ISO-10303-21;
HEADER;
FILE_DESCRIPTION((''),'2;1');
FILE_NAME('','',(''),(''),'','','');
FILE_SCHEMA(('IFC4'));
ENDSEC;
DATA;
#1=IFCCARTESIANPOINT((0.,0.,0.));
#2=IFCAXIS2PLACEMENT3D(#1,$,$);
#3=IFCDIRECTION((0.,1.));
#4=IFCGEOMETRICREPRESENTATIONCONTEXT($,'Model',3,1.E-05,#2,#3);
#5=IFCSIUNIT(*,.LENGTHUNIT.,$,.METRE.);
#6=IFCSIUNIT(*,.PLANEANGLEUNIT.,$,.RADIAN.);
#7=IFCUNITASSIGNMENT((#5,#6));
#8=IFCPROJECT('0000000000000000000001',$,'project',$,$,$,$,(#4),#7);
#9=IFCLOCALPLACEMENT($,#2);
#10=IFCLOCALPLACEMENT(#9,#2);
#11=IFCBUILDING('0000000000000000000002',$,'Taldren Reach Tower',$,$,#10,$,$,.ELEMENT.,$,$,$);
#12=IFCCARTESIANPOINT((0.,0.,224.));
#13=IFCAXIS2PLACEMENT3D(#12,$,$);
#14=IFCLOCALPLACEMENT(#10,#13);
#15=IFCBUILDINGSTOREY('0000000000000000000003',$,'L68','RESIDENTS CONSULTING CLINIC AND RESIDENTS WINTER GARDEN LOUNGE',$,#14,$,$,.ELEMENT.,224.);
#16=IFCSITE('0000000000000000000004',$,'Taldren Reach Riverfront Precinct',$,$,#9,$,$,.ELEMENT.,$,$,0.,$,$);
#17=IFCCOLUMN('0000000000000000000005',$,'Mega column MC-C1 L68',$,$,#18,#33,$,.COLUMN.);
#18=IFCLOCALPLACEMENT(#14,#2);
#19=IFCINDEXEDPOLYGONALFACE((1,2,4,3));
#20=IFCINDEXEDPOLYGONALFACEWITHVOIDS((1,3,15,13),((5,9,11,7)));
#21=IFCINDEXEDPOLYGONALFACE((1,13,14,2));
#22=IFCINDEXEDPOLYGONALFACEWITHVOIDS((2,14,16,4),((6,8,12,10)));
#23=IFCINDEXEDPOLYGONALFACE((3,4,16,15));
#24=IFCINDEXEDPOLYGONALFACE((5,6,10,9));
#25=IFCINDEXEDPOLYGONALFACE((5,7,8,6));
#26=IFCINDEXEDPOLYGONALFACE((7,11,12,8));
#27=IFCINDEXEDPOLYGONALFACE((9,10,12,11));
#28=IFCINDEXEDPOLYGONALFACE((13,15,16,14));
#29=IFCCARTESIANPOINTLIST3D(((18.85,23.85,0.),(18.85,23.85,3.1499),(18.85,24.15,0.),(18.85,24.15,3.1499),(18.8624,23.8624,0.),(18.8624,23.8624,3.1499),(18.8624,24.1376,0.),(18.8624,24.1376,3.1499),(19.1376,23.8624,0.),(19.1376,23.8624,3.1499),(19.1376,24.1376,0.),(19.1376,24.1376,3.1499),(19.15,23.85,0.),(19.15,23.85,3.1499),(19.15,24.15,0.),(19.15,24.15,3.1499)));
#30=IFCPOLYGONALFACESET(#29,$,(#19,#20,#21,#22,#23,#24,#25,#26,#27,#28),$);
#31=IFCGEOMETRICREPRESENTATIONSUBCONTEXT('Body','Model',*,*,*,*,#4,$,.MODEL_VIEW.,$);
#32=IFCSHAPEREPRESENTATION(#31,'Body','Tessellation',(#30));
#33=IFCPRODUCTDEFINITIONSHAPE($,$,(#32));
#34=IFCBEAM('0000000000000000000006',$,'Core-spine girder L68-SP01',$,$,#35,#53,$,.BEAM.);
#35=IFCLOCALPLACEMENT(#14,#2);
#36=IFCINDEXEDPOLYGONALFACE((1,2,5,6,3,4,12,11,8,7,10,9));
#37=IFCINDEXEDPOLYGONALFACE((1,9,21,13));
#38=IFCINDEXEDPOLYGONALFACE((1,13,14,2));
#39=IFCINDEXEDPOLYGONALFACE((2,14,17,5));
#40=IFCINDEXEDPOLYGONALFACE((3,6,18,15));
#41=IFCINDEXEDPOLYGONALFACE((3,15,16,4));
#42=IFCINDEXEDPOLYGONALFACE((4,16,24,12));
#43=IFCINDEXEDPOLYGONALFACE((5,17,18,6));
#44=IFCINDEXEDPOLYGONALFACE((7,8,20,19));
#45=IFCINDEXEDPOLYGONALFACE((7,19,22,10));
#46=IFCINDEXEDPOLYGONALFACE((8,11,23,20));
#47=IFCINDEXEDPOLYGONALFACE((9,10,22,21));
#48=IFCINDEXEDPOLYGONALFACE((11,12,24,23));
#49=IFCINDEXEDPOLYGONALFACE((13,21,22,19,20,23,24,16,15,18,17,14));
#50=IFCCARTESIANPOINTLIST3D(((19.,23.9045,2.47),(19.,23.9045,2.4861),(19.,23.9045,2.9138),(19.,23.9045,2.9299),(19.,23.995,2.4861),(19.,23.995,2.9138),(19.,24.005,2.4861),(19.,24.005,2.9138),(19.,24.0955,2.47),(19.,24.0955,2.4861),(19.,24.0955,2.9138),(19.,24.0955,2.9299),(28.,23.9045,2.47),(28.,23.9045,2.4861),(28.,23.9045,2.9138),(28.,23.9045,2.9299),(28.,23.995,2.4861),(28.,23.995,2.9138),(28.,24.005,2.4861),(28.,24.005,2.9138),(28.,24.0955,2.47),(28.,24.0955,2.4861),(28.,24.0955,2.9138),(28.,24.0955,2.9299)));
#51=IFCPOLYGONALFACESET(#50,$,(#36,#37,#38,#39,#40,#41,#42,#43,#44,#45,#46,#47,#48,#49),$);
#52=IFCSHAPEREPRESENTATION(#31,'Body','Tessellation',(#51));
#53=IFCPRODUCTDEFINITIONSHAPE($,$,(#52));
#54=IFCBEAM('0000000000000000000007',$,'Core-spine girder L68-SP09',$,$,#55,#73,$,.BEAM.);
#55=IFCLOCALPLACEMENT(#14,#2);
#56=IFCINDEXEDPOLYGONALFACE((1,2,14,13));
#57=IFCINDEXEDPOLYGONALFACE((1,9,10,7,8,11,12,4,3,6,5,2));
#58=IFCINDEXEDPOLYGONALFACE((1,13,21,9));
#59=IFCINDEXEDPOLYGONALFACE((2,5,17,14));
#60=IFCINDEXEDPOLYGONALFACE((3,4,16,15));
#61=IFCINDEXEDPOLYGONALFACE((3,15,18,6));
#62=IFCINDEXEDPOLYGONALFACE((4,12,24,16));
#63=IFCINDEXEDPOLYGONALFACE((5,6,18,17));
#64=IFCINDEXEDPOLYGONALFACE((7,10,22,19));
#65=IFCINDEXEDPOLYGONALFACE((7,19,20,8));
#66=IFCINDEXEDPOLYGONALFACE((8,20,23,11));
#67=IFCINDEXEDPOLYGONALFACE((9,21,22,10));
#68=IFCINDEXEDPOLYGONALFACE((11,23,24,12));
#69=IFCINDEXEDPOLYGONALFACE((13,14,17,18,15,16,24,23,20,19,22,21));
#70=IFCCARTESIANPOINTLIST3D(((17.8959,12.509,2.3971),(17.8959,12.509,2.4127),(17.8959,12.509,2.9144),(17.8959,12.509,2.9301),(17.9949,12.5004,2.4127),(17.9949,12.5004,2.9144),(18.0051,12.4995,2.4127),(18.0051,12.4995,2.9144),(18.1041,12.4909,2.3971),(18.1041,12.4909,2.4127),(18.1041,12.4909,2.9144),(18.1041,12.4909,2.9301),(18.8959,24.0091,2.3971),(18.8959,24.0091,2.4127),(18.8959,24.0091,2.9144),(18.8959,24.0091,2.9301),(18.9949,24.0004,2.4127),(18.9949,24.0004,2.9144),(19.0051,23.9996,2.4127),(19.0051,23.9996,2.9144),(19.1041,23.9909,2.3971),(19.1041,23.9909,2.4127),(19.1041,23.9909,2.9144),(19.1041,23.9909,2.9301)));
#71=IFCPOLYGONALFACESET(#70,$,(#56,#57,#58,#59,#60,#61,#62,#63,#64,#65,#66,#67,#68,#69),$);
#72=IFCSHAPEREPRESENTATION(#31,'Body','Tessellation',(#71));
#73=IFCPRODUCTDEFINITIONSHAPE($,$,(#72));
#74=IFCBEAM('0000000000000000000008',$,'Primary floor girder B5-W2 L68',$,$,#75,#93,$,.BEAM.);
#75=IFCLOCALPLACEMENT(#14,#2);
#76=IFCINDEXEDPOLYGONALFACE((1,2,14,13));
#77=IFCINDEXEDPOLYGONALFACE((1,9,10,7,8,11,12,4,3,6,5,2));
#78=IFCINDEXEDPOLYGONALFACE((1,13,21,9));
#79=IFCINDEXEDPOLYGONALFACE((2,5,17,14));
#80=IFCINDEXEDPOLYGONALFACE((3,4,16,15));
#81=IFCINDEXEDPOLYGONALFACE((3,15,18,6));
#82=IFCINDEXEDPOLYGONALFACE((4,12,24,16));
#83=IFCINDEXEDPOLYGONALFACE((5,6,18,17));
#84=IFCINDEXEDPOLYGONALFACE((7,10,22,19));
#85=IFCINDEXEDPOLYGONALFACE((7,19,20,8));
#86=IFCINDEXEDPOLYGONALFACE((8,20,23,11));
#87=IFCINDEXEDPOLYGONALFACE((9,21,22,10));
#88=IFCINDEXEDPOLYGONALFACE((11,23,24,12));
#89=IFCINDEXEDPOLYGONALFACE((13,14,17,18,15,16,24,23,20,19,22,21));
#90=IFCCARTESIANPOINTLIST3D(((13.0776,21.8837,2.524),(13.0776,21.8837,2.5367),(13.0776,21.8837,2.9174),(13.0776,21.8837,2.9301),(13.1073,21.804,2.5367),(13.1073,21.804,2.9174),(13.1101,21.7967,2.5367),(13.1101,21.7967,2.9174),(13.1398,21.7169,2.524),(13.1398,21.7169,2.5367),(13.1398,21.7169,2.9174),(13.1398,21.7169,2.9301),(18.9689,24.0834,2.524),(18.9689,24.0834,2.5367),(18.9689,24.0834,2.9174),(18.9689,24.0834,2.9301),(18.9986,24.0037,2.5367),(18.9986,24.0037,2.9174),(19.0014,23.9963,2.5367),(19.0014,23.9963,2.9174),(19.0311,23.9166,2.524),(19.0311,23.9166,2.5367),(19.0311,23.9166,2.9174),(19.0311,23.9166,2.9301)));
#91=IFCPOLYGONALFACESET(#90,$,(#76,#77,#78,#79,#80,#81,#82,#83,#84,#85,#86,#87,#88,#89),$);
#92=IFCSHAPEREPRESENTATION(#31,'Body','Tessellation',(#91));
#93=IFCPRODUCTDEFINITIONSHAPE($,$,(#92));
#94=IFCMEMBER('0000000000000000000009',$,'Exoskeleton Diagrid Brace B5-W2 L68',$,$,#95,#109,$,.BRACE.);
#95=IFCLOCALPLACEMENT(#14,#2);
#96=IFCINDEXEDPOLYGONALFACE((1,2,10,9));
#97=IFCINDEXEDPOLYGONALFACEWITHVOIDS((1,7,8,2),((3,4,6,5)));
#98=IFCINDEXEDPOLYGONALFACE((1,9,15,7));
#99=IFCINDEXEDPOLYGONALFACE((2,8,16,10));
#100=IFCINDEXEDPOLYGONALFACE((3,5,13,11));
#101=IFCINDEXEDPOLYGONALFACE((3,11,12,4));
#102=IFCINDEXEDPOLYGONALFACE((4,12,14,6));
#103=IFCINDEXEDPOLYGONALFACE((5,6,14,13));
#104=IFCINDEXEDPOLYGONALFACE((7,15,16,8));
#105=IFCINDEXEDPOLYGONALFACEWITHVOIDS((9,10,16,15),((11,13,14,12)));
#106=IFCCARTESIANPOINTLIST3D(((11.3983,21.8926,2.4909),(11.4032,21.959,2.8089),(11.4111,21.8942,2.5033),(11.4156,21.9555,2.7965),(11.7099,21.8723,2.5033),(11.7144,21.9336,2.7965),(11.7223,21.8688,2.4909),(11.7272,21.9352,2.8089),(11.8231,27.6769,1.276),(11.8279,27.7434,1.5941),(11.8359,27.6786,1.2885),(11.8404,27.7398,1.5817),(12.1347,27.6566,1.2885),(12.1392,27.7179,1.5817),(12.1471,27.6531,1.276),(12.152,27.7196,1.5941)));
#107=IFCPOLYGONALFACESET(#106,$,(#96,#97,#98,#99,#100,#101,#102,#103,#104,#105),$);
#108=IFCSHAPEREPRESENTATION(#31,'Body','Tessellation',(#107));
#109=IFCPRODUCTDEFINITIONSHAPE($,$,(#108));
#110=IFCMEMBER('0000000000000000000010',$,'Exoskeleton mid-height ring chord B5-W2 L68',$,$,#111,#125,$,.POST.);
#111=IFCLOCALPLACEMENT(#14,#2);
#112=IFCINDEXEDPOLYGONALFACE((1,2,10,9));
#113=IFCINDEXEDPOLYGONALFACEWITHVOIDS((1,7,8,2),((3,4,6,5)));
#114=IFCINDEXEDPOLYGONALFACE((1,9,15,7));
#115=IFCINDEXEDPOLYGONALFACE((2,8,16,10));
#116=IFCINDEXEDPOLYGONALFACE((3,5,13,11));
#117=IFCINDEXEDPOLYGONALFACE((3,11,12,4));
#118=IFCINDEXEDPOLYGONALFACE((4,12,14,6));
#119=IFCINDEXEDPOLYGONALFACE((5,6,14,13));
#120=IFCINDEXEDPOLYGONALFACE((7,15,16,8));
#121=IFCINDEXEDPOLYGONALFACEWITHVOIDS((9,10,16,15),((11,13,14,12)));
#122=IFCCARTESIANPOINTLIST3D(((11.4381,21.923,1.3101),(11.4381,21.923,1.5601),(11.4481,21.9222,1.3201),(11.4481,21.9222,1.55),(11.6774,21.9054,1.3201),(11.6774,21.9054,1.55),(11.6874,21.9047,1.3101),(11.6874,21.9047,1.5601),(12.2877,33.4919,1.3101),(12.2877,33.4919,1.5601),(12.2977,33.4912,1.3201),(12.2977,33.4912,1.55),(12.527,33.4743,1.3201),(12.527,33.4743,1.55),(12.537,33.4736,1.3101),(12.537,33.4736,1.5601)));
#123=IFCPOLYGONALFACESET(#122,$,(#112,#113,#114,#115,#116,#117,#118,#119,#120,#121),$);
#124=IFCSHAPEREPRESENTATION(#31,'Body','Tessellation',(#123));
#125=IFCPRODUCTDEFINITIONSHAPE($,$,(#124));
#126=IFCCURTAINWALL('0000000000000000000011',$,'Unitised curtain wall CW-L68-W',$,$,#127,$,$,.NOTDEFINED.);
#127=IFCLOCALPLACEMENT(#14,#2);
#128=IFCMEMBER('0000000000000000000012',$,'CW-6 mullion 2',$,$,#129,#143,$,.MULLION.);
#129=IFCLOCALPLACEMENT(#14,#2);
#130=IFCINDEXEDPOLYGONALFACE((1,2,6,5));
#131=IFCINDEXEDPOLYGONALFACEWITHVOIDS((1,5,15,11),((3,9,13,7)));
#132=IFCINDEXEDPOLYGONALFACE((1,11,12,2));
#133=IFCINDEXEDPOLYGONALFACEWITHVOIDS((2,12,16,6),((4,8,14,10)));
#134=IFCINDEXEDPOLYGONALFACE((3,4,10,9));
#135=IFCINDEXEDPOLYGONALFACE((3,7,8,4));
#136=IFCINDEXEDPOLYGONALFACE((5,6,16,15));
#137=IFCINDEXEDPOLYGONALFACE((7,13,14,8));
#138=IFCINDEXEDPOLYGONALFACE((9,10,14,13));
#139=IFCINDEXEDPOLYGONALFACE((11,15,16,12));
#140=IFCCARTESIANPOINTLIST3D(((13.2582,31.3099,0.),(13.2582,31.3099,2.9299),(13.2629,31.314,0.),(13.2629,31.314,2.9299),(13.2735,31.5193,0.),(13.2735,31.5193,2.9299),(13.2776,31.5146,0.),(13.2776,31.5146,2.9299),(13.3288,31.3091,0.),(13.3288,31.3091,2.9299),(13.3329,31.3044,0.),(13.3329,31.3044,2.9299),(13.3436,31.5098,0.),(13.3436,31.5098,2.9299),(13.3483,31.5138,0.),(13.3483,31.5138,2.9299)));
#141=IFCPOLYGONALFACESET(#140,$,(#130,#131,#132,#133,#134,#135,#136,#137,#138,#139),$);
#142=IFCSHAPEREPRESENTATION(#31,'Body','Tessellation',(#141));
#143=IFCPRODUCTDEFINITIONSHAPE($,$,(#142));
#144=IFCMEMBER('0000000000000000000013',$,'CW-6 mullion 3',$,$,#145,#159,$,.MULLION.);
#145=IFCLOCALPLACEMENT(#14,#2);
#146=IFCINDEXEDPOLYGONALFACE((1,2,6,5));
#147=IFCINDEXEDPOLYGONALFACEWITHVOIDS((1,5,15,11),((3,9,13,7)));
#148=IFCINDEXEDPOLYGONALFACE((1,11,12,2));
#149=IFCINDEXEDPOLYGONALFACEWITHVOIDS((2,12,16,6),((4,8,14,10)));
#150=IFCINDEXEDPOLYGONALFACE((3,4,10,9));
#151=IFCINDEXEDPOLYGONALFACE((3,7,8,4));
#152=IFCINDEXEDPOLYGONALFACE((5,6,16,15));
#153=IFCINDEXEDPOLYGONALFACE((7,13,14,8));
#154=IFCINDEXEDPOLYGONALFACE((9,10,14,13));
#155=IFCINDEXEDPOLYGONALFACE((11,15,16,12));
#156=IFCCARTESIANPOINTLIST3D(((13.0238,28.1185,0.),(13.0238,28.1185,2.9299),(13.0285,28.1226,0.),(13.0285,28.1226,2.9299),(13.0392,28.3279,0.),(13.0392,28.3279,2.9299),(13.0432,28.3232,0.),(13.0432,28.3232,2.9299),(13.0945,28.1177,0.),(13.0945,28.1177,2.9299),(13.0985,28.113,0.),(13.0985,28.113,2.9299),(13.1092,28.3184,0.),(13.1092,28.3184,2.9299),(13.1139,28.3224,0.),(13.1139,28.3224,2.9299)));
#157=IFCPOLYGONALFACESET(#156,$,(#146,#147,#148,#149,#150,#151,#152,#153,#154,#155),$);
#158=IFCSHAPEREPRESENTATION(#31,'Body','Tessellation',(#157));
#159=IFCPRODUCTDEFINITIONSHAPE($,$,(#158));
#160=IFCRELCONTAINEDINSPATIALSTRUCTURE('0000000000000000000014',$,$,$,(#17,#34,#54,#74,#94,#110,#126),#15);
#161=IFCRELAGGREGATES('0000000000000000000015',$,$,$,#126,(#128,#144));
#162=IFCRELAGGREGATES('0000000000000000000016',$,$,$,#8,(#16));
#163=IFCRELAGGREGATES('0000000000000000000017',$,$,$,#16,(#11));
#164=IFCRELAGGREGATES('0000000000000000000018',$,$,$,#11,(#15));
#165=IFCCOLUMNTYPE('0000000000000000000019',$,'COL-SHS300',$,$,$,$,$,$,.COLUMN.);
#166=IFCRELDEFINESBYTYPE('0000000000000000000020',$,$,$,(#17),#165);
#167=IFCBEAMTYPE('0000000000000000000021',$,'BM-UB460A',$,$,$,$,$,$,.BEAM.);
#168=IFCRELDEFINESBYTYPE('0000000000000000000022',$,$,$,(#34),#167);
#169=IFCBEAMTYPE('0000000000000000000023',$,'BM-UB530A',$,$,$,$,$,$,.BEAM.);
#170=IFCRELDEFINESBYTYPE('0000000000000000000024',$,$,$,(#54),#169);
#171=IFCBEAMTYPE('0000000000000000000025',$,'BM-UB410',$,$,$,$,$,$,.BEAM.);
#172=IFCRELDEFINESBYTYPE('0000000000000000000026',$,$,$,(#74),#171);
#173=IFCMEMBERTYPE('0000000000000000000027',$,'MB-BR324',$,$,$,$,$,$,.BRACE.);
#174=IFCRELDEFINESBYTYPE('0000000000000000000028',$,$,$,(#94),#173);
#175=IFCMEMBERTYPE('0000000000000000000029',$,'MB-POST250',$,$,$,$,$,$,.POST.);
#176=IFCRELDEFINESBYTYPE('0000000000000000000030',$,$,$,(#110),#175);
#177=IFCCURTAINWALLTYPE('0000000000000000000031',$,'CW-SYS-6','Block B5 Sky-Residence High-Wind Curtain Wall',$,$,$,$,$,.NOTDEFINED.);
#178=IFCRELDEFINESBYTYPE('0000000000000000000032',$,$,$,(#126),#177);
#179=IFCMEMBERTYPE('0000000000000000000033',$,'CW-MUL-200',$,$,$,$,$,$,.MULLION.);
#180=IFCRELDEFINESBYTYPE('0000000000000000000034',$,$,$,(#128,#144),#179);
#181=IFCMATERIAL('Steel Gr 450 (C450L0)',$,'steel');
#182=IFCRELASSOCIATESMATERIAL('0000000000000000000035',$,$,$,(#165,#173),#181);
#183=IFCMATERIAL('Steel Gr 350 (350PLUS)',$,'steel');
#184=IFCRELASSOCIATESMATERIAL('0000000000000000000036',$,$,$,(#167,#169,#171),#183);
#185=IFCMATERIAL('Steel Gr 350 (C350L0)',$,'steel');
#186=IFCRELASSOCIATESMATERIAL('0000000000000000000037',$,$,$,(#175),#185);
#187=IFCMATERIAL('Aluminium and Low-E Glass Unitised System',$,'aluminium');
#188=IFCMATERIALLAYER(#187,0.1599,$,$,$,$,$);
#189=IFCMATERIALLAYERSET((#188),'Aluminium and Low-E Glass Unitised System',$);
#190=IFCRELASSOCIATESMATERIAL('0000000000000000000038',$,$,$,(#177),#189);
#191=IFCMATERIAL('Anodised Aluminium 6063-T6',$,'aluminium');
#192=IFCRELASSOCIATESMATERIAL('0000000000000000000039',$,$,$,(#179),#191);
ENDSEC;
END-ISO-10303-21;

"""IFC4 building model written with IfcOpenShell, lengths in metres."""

from ifc_helpers import new_model, si_unit, direction, frame, origin, origin_2d, place, context, subcontext, project, spatial, hollow_rectangle, i_section, extrude, source, transform, mapped, material, layer, layer_set, material_profile, profile_set, type_object, element, aggregate, save


model = new_model("IFC4")

# Units and contexts
model_context = context("Model", 3, precision=1e-05, world=origin(), true_north=direction((0.0, 1.0)))
body_context = subcontext(model_context, "Body", "Model", "MODEL_VIEW")
ifc_project = project(units=[si_unit("LENGTHUNIT", "METRE"), si_unit("PLANEANGLEUNIT", "RADIAN")], contexts=[model_context])

# Site, building, storey
site_placement = place(None, origin())
site = spatial("IfcSite", under=ifc_project, at=site_placement, Name="Taldren Reach Riverfront Precinct", CompositionType="ELEMENT", RefElevation=0.0)
building_placement = place(site_placement, origin())
building = spatial("IfcBuilding", under=site, at=building_placement, Name="Taldren Reach Tower", CompositionType="ELEMENT")
storey_placement = place(building_placement, frame((0.0, 0.0, 224.0)))
storey = spatial("IfcBuildingStorey", under=building, at=storey_placement, Name="L68", Description="RESIDENTS CONSULTING CLINIC AND RESIDENTS WINTER GARDEN LOUNGE", CompositionType="ELEMENT", Elevation=224.0)

# Column
ifc_material_1 = material(Name="Steel Gr 450 (C450L0)", Category="steel")
ifc_material_profile_1 = material_profile(ifc_material_1, hollow_rectangle(XDim=0.3, YDim=0.3, WallThickness=0.0125, at=origin_2d()), Name="300x300x12.5SHS")
ifc_profile_set_1 = profile_set([ifc_material_profile_1], Name="Steel Gr 450 (C450L0)")
column_type = type_object("IfcColumnType", Name="COL-SHS300", PredefinedType="COLUMN", material=ifc_profile_set_1)
shared_shape_1 = source(origin(), body_context, "Body", "SweptSolid", [
    extrude(hollow_rectangle(XDim=0.3, YDim=0.3, WallThickness=0.0125, at=origin_2d()), origin(), (0.0, 0.0, 1.0), 3.1499),
])
column_placement = place(storey_placement, frame((19.0, 24.0, 0.0), z_axis=(0.0, 0.0, 1.0), x_axis=(1.0, 0.0, 0.0)))
element("IfcColumn", 1, at=column_placement, inside=storey, type_object=column_type, Name="Mega column MC-C1 L68", PredefinedType="COLUMN", context=body_context, shape_type="MappedRepresentation", body=[
    mapped(shared_shape_1, transform((0.0, 0.0, 0.0), scale=1.0)),
])

# Beams
ifc_material_2 = material(Name="Steel Gr 350 (350PLUS)", Category="steel")
ifc_material_profile_2 = material_profile(ifc_material_2, i_section(OverallWidth=0.1909, OverallDepth=0.46, WebThickness=0.01, FlangeThickness=0.0161, at=origin_2d()), Name="460UB82.1")
ifc_profile_set_2 = profile_set([ifc_material_profile_2], Name="Steel Gr 350 (350PLUS)")
beam_type_1 = type_object("IfcBeamType", Name="BM-UB460A", PredefinedType="BEAM", material=ifc_profile_set_2)
shared_shape_2 = source(origin(), body_context, "Body", "SweptSolid", [
    extrude(i_section(OverallWidth=0.1909, OverallDepth=0.46, WebThickness=0.01, FlangeThickness=0.0161, at=origin_2d()), origin(), (0.0, 0.0, 1.0), 9.0),
])
beam_1_placement = place(storey_placement, frame((19.0, 24.0, 2.7), z_axis=(1.0, 0.0, 0.0), x_axis=(0.0, 1.0, 0.0)))
element("IfcBeam", 2, at=beam_1_placement, inside=storey, type_object=beam_type_1, Name="Core-spine girder L68-SP01", PredefinedType="BEAM", context=body_context, shape_type="MappedRepresentation", body=[
    mapped(shared_shape_2, transform((0.0, 0.0, 0.0), scale=1.0)),
])
ifc_material_profile_3 = material_profile(ifc_material_2, i_section(OverallWidth=0.209, OverallDepth=0.533, WebThickness=0.0103, FlangeThickness=0.0156, at=origin_2d()), Name="530UB92.4")
ifc_profile_set_3 = profile_set([ifc_material_profile_3], Name="Steel Gr 350 (350PLUS)")
beam_type_2 = type_object("IfcBeamType", Name="BM-UB530A", PredefinedType="BEAM", material=ifc_profile_set_3)
shared_shape_3 = source(origin(), body_context, "Body", "SweptSolid", [
    extrude(i_section(OverallWidth=0.209, OverallDepth=0.533, WebThickness=0.0103, FlangeThickness=0.0156, at=origin_2d()), origin(), (0.0, 0.0, 1.0), 11.5435),
])
beam_2_placement = place(storey_placement, frame((19.0, 24.0, 2.6636), z_axis=(-0.08663, -0.996241, 0.0), x_axis=(0.996241, -0.08663, 0.0)))
element("IfcBeam", 3, at=beam_2_placement, inside=storey, type_object=beam_type_2, Name="Core-spine girder L68-SP09", PredefinedType="BEAM", context=body_context, shape_type="MappedRepresentation", body=[
    mapped(shared_shape_3, transform((0.0, 0.0, 0.0), scale=1.0)),
])
ifc_material_profile_4 = material_profile(ifc_material_2, i_section(OverallWidth=0.178, OverallDepth=0.406, WebThickness=0.0078, FlangeThickness=0.0127, at=origin_2d()), Name="410UB59.7")
ifc_profile_set_4 = profile_set([ifc_material_profile_4], Name="Steel Gr 350 (350PLUS)")
beam_type_3 = type_object("IfcBeamType", Name="BM-UB410", PredefinedType="BEAM", material=ifc_profile_set_4)
shared_shape_4 = source(origin(), body_context, "Body", "SweptSolid", [
    extrude(i_section(OverallWidth=0.178, OverallDepth=0.406, WebThickness=0.0078, FlangeThickness=0.0127, at=origin_2d()), origin(), (0.0, 0.0, 1.0), 6.2886),
])
beam_3_placement = place(storey_placement, frame((19.0, 24.0, 2.7271), z_axis=(-0.936828, -0.349791, 0.0), x_axis=(0.349791, -0.936828, 0.0)))
element("IfcBeam", 4, at=beam_3_placement, inside=storey, type_object=beam_type_3, Name="Primary floor girder B5-W2 L68", PredefinedType="BEAM", context=body_context, shape_type="MappedRepresentation", body=[
    mapped(shared_shape_4, transform((0.0, 0.0, 0.0), scale=1.0)),
])

# Members
ifc_material_profile_5 = material_profile(ifc_material_1, hollow_rectangle(XDim=0.325, YDim=0.325, WallThickness=0.0127, at=origin_2d()), Name="325x325x12.7SHS")
ifc_profile_set_5 = profile_set([ifc_material_profile_5], Name="Steel Gr 450 (C450L0)")
member_type_1 = type_object("IfcMemberType", Name="MB-BR324", PredefinedType="BRACE", material=ifc_profile_set_5)
shared_shape_5 = source(origin(), body_context, "Body", "SweptSolid", [
    extrude(hollow_rectangle(XDim=0.325, YDim=0.325, WallThickness=0.0127, at=origin_2d()), origin(), (0.0, 0.0, 1.0), 5.9258),
])
member_1_placement = place(storey_placement, frame((11.9875, 27.6982, 1.4351), z_axis=(-0.071687, -0.976132, 0.205007), x_axis=(0.997314, -0.073242, 0.0)))
element("IfcMember", 5, at=member_1_placement, inside=storey, type_object=member_type_1, Name="Exoskeleton Diagrid Brace B5-W2 L68", PredefinedType="BRACE", context=body_context, shape_type="MappedRepresentation", body=[
    mapped(shared_shape_5, transform((0.0, 0.0, 0.0), scale=1.0)),
])
ifc_material_3 = material(Name="Steel Gr 350 (C350L0)", Category="steel")
ifc_material_profile_6 = material_profile(ifc_material_3, hollow_rectangle(XDim=0.25, YDim=0.25, WallThickness=0.01, at=origin_2d()), Name="250x250x10.0SHS")
ifc_profile_set_6 = profile_set([ifc_material_profile_6], Name="Steel Gr 350 (C350L0)")
member_type_2 = type_object("IfcMemberType", Name="MB-POST250", PredefinedType="POST", material=ifc_profile_set_6)
shared_shape_6 = source(origin(), body_context, "Body", "SweptSolid", [
    extrude(hollow_rectangle(XDim=0.25, YDim=0.25, WallThickness=0.01, at=origin_2d()), origin(), (0.0, 0.0, 1.0), 11.6001),
])
member_2_placement = place(storey_placement, frame((11.5627, 21.9138, 1.4351), z_axis=(0.073242, 0.997314, 0.0), x_axis=(-0.997314, 0.073242, 0.0)))
element("IfcMember", 6, at=member_2_placement, inside=storey, type_object=member_type_2, Name="Exoskeleton mid-height ring chord B5-W2 L68", PredefinedType="POST", context=body_context, shape_type="MappedRepresentation", body=[
    mapped(shared_shape_6, transform((0.0, 0.0, 0.0), scale=1.0)),
])

# Curtain wall, members
ifc_material_4 = material(Name="Aluminium and Low-E Glass Unitised System", Category="aluminium")
ifc_layer_1 = layer(ifc_material_4, 0.1599)
ifc_layer_set_1 = layer_set([ifc_layer_1], Name="Aluminium and Low-E Glass Unitised System")
curtain_wall_type = type_object("IfcCurtainWallType", Name="CW-SYS-6", Description="Block B5 Sky-Residence High-Wind Curtain Wall", PredefinedType="NOTDEFINED", material=ifc_layer_set_1)
curtain_wall_placement = place(storey_placement, origin())
curtain_wall = element("IfcCurtainWall", 7, at=curtain_wall_placement, inside=storey, type_object=curtain_wall_type, Name="Unitised curtain wall CW-L68-W", PredefinedType="NOTDEFINED")
ifc_material_5 = material(Name="Anodised Aluminium 6063-T6", Category="aluminium")
ifc_material_profile_7 = material_profile(ifc_material_5, hollow_rectangle(XDim=0.075, YDim=0.21, WallThickness=0.0044, at=origin_2d()), Name="ALU-210x75x4.5RHS")
ifc_profile_set_7 = profile_set([ifc_material_profile_7], Name="Anodised Aluminium 6063-T6")
member_type_3 = type_object("IfcMemberType", Name="CW-MUL-200", PredefinedType="MULLION", material=ifc_profile_set_7)
shared_shape_7 = source(origin(), body_context, "Body", "SweptSolid", [
    extrude(hollow_rectangle(XDim=0.075, YDim=0.21, WallThickness=0.0044, at=origin_2d()), origin(), (0.0, 0.0, 1.0), 2.9299),
])
member_3_placement = place(storey_placement, frame((13.3032, 31.4119, 0.0), z_axis=(0.0, 0.0, 1.0), x_axis=(0.997314, -0.073238, 0.0)))
member_3 = element("IfcMember", 8, at=member_3_placement, type_object=member_type_3, Name="CW-6 mullion 2", PredefinedType="MULLION", context=body_context, shape_type="MappedRepresentation", body=[
    mapped(shared_shape_7, transform((0.0, 0.0, 0.0), scale=1.0)),
])
member_4_placement = place(storey_placement, frame((13.0688, 28.2205, 0.0), z_axis=(0.0, 0.0, 1.0), x_axis=(0.997314, -0.073238, 0.0)))
member_4 = element("IfcMember", 9, at=member_4_placement, type_object=member_type_3, Name="CW-6 mullion 3", PredefinedType="MULLION", context=body_context, shape_type="MappedRepresentation", body=[
    mapped(shared_shape_7, transform((0.0, 0.0, 0.0), scale=1.0)),
])

aggregate(curtain_wall, [member_3, member_4])

save(model, "model.ifc")
